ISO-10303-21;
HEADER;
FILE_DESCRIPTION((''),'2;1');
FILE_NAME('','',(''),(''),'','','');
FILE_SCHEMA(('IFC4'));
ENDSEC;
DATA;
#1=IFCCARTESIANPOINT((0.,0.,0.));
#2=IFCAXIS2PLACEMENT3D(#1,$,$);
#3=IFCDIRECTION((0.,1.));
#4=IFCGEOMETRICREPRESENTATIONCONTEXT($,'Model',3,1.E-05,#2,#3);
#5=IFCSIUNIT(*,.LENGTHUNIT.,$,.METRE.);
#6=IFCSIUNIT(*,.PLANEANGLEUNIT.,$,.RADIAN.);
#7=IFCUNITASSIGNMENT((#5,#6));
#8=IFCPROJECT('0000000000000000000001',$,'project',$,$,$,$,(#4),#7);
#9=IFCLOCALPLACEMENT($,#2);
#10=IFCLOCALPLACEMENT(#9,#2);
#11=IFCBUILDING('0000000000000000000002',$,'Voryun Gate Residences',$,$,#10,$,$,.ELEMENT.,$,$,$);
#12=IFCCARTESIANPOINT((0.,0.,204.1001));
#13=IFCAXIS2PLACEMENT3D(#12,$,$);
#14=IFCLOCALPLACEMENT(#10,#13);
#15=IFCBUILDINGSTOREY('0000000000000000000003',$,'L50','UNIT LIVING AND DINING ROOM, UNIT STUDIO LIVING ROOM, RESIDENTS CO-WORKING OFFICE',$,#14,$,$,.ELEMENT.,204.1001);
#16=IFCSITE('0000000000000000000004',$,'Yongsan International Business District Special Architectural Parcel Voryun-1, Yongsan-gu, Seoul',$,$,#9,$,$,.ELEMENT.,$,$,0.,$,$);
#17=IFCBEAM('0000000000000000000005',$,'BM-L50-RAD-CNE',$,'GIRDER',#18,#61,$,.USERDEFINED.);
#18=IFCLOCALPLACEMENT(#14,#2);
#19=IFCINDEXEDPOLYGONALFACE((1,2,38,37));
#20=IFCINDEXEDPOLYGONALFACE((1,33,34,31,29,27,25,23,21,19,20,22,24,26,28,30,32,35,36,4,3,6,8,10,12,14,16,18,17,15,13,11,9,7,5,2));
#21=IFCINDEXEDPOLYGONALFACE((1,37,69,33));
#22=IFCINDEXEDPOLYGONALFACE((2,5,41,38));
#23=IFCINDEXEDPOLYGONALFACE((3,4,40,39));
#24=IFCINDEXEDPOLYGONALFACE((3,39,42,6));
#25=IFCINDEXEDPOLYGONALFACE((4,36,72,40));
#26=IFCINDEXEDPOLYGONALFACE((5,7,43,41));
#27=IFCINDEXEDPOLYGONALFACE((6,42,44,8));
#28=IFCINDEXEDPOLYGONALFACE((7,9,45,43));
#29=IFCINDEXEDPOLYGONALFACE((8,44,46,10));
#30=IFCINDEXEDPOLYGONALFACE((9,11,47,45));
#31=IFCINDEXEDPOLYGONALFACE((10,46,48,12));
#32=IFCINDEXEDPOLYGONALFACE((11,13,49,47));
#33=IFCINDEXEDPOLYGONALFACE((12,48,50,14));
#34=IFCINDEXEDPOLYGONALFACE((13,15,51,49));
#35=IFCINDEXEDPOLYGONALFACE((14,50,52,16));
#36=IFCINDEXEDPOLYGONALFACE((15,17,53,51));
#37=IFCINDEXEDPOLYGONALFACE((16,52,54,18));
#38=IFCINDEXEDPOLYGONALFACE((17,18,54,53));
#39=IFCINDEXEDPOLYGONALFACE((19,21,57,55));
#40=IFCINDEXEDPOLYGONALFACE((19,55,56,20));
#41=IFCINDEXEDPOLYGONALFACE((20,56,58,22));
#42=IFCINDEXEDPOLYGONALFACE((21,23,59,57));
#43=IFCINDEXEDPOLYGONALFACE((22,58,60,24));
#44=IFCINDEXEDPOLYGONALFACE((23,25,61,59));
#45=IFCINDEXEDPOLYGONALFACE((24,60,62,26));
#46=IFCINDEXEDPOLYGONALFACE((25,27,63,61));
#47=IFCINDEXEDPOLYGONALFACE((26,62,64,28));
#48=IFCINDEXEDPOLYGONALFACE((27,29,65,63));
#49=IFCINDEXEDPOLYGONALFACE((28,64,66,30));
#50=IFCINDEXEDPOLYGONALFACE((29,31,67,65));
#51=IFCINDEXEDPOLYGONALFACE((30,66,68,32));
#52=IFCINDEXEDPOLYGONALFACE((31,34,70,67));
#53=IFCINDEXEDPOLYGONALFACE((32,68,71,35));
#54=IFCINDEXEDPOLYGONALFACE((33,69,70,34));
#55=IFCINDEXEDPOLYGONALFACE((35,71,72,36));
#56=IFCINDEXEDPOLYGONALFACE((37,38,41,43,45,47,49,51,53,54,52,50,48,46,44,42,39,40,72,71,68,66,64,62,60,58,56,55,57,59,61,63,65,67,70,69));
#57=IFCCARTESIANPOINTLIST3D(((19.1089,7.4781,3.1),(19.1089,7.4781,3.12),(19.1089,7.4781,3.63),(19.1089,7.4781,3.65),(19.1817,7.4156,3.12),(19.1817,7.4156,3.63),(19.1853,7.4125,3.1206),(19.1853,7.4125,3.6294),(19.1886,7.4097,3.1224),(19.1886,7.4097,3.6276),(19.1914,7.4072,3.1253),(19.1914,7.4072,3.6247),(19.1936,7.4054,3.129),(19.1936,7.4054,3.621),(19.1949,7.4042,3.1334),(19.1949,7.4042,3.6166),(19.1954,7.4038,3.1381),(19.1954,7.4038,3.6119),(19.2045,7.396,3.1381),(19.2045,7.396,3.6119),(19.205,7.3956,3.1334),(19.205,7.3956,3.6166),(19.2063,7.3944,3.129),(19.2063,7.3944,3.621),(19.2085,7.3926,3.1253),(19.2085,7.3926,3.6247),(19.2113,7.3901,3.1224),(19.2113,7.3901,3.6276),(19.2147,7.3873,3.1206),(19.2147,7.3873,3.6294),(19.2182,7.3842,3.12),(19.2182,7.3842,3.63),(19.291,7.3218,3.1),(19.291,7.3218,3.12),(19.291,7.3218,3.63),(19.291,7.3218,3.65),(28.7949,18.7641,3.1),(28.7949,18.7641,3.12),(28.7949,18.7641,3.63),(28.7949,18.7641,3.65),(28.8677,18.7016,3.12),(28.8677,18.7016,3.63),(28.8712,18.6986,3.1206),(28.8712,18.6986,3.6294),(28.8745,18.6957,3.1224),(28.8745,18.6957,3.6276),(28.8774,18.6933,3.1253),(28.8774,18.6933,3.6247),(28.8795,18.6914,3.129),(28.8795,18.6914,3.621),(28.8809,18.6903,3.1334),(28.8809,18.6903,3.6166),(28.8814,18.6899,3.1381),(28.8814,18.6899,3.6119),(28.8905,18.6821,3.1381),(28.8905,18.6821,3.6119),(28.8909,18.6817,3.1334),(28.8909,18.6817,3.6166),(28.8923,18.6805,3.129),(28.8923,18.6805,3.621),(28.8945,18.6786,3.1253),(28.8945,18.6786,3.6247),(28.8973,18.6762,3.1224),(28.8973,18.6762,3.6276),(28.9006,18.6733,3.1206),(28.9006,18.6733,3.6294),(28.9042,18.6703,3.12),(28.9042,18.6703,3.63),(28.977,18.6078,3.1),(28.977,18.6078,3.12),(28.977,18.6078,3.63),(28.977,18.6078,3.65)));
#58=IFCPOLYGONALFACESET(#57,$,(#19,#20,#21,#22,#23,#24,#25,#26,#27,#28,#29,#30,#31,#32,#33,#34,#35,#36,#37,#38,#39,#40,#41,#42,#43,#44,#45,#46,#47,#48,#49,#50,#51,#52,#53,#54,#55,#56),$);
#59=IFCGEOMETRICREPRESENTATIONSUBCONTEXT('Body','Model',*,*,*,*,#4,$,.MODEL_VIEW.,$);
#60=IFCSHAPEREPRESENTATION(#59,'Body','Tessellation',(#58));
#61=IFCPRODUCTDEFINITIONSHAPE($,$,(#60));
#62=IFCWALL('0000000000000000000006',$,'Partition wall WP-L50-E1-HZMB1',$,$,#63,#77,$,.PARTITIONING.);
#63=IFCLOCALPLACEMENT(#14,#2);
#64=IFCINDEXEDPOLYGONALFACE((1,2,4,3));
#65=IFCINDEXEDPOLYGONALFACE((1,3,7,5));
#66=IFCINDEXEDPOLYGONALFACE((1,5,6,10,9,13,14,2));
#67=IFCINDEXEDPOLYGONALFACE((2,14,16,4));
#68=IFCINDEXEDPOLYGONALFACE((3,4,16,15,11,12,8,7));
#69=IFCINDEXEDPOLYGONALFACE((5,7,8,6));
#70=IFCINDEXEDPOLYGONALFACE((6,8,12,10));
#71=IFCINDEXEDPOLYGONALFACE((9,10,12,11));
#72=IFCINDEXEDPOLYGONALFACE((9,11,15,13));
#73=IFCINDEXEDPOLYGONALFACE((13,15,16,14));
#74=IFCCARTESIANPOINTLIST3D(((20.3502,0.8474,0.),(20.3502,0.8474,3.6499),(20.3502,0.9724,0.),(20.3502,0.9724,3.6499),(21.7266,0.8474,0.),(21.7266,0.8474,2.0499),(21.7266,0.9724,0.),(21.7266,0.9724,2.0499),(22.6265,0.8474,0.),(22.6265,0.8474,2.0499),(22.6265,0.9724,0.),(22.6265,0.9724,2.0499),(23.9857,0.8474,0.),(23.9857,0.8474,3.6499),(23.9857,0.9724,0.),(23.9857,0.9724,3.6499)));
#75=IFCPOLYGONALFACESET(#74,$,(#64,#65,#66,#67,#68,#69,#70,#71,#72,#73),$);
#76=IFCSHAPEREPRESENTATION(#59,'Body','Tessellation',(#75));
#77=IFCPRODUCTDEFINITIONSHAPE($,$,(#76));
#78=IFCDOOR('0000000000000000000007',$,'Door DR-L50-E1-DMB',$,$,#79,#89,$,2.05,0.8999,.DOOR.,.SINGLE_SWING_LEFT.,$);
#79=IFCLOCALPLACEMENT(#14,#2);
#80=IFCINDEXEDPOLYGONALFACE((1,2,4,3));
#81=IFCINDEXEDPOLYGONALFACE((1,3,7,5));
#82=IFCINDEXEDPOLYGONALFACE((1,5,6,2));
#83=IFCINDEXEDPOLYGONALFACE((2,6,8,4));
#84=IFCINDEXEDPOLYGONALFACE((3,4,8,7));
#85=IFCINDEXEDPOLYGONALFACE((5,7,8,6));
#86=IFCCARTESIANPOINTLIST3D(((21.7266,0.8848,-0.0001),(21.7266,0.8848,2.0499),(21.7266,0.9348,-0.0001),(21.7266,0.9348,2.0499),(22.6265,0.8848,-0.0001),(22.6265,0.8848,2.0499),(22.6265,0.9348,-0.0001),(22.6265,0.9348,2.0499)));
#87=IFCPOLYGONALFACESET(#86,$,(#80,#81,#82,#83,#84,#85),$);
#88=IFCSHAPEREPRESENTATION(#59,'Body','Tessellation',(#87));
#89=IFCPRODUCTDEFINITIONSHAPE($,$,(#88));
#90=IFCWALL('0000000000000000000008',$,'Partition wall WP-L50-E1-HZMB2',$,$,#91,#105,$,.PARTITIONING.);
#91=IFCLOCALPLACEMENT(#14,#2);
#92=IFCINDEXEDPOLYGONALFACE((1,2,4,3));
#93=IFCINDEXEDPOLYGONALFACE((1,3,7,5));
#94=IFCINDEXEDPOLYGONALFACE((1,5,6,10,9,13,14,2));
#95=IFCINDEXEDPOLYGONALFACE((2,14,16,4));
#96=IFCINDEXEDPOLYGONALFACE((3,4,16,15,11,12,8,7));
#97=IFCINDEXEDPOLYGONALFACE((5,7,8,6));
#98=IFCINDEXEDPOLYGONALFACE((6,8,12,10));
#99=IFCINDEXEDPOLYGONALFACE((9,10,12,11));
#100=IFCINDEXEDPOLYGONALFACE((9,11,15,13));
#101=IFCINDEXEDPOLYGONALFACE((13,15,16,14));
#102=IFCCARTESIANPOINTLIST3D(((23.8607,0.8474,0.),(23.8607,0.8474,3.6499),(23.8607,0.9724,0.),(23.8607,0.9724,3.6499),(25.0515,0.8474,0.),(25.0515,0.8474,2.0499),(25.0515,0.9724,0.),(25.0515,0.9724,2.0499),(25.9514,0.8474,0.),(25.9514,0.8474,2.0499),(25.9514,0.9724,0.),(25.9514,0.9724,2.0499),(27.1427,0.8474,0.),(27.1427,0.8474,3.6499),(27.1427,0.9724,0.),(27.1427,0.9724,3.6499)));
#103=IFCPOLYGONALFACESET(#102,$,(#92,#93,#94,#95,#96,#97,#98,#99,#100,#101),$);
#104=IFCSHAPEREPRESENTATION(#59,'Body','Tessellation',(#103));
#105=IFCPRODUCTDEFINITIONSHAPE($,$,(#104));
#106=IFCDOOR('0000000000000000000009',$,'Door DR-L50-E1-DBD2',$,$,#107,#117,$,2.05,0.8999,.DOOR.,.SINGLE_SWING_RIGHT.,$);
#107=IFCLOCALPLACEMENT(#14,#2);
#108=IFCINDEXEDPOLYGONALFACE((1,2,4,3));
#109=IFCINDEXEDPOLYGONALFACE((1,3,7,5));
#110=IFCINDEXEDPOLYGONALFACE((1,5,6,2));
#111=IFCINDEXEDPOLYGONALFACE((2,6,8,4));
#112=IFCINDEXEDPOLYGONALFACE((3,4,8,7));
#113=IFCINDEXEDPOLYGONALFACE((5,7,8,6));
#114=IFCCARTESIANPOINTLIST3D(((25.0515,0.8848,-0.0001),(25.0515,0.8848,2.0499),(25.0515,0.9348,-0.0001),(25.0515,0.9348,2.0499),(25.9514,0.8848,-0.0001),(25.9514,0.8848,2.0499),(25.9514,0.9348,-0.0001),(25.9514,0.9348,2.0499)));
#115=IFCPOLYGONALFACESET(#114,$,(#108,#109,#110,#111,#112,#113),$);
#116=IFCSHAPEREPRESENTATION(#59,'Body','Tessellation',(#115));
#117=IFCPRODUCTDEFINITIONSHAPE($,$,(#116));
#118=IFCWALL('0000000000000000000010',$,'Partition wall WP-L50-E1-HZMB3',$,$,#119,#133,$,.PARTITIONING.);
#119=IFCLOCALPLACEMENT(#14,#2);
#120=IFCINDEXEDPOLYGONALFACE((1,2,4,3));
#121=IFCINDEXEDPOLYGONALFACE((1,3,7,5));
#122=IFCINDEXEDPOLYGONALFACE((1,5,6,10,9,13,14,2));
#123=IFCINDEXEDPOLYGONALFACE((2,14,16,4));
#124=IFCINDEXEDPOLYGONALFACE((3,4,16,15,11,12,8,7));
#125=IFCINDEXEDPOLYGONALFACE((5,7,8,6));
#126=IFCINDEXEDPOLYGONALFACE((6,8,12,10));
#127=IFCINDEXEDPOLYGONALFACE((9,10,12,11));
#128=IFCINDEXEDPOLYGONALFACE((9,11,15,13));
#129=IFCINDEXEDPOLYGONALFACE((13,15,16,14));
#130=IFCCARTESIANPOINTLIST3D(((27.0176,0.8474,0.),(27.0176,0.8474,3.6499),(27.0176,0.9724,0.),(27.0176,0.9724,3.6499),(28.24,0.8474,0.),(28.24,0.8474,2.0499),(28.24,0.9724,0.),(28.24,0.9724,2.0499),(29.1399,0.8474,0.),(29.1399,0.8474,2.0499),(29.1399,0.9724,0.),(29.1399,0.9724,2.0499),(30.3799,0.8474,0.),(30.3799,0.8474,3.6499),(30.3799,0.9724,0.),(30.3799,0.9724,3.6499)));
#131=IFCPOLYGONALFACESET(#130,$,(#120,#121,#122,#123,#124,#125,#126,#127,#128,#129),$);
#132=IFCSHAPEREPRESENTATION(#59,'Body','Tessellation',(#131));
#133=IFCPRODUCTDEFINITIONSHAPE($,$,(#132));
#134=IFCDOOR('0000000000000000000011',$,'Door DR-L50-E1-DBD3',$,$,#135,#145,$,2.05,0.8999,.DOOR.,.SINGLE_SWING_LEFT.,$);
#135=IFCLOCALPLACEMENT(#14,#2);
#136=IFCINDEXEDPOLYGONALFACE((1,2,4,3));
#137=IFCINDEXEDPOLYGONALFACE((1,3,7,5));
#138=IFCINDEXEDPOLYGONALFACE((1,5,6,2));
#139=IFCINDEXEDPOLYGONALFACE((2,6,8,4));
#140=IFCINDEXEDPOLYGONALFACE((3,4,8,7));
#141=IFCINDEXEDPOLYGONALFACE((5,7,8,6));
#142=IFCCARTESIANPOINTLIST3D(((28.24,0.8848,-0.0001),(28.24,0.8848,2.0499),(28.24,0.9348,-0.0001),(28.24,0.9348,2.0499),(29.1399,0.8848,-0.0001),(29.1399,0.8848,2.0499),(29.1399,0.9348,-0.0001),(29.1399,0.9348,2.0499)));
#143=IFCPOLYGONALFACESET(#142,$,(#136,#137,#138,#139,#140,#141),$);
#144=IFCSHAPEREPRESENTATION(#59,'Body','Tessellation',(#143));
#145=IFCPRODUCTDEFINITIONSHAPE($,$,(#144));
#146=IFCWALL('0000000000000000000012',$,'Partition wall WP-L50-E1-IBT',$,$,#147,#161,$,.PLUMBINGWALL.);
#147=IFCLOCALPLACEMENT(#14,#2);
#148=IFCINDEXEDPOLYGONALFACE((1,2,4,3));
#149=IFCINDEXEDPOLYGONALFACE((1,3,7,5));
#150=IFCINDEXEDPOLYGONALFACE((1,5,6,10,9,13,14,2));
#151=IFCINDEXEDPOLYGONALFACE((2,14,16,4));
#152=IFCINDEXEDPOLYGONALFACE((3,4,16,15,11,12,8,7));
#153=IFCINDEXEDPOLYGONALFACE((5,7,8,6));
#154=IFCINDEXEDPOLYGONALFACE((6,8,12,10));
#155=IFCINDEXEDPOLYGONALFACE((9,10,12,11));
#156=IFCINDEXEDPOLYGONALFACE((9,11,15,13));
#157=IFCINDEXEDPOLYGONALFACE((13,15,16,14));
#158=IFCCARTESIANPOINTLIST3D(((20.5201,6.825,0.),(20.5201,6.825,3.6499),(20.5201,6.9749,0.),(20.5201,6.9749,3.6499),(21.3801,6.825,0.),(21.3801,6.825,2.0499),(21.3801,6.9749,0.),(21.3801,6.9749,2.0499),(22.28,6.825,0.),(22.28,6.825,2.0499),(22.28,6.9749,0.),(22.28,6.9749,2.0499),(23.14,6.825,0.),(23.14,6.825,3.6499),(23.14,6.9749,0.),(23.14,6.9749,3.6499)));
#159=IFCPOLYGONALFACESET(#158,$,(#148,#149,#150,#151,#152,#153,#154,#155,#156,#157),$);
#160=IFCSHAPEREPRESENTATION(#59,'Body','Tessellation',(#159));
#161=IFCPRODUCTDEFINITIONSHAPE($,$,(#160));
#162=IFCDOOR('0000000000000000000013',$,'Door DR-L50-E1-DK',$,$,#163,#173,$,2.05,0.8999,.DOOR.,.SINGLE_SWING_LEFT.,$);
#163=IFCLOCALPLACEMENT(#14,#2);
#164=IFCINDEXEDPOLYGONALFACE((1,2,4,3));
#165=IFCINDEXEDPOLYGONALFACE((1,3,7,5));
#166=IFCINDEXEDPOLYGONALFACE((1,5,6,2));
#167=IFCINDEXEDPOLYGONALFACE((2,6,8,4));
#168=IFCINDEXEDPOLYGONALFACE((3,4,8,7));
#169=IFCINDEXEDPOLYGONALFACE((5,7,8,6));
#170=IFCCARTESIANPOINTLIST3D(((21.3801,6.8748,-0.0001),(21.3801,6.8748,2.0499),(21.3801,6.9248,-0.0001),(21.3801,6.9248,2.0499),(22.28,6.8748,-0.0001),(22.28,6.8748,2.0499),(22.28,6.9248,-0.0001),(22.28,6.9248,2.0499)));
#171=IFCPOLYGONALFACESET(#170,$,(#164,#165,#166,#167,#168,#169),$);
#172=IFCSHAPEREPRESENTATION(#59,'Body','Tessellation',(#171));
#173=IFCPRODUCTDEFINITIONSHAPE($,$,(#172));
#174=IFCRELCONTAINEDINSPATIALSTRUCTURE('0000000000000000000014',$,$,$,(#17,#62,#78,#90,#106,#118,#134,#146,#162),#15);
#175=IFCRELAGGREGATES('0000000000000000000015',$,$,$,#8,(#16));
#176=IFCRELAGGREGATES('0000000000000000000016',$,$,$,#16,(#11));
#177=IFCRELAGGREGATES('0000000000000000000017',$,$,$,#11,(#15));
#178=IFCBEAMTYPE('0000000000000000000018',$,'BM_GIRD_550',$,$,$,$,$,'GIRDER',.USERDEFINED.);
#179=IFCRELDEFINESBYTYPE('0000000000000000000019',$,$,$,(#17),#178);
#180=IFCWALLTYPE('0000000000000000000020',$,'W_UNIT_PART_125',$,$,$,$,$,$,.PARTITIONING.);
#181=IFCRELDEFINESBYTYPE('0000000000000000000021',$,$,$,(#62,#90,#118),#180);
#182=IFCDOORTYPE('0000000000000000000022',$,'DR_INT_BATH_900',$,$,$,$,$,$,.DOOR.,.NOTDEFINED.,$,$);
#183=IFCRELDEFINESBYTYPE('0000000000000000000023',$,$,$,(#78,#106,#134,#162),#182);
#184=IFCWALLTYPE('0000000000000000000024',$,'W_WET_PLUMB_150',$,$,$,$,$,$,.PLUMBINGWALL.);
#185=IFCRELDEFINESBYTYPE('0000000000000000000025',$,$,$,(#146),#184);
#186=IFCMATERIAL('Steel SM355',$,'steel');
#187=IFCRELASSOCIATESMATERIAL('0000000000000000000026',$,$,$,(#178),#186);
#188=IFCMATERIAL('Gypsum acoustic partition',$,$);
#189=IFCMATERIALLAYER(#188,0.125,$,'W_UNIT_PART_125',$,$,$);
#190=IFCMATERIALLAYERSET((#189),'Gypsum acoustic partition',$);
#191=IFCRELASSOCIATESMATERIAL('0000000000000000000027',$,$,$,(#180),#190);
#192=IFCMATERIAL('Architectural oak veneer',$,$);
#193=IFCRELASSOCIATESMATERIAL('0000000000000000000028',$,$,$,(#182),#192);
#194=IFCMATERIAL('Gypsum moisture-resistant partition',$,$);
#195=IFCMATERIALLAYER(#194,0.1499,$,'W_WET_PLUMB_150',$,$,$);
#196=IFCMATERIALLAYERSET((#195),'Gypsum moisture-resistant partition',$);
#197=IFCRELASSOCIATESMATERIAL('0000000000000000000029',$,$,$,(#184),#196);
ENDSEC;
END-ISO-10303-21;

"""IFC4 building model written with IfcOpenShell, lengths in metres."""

from ifc_helpers import new_model, si_unit, direction, frame, frame_2d, origin, origin_2d, place, context, subcontext, project, spatial, rectangle, i_section, extrude, material, layer, layer_set, material_profile, profile_set, type_object, element, fill, save


model = new_model("IFC4")

# Units and contexts
model_context = context("Model", 3, precision=1e-05, world=origin(), true_north=direction((0.0, 1.0)))
body_context = subcontext(model_context, "Body", "Model", "MODEL_VIEW")
ifc_project = project(units=[si_unit("LENGTHUNIT", "METRE"), si_unit("PLANEANGLEUNIT", "RADIAN")], contexts=[model_context])

# Site, building, storey
site_placement = place(None, origin())
site = spatial("IfcSite", under=ifc_project, at=site_placement, Name="Yongsan International Business District Special Architectural Parcel Voryun-1, Yongsan-gu, Seoul", CompositionType="ELEMENT", RefElevation=0.0)
building_placement = place(site_placement, origin())
building = spatial("IfcBuilding", under=site, at=building_placement, Name="Voryun Gate Residences", CompositionType="ELEMENT")
storey_placement = place(building_placement, frame((0.0, 0.0, 204.1001)))
storey = spatial("IfcBuildingStorey", under=building, at=storey_placement, Name="L50", Description="UNIT LIVING AND DINING ROOM, UNIT STUDIO LIVING ROOM, RESIDENTS CO-WORKING OFFICE", CompositionType="ELEMENT", Elevation=204.1001)

# Beam
ifc_material_1 = material(Name="Steel SM355", Category="steel")
ifc_material_profile_1 = material_profile(ifc_material_1, i_section(OverallWidth=0.24, OverallDepth=0.55, WebThickness=0.012, FlangeThickness=0.02, FilletRadius=0.0181, at=origin_2d()), Name="H-550x240x12x20")
ifc_profile_set_1 = profile_set([ifc_material_profile_1], Name="Steel SM355")
beam_type_1 = type_object("IfcBeamType", Name="BM_GIRD_550", ElementType="GIRDER", PredefinedType="USERDEFINED", material=ifc_profile_set_1)
beam_1_placement = place(storey_placement, frame((19.2, 7.3999, 3.375), z_axis=(0.651264, 0.758851, 0.0), x_axis=(-0.758851, 0.651264, 0.0)))
element("IfcBeam", 1, at=beam_1_placement, inside=storey, type_object=beam_type_1, Name="BM-L50-RAD-CNE", ObjectType="GIRDER", PredefinedType="USERDEFINED", context=body_context, shape_type="SweptSolid", body=[
    extrude(i_section(OverallWidth=0.24, OverallDepth=0.55, WebThickness=0.012, FlangeThickness=0.02, FilletRadius=0.0181, at=origin_2d()), origin(), (0.0, 0.0, 1.0), 14.8726),
])

# Walls, openings, doors
ifc_material_2 = material(Name="Gypsum acoustic partition")
ifc_layer_1 = layer(ifc_material_2, 0.125, Name="W_UNIT_PART_125")
ifc_layer_set_1 = layer_set([ifc_layer_1], Name="Gypsum acoustic partition")
wall_type_1 = type_object("IfcWallType", Name="W_UNIT_PART_125", PredefinedType="PARTITIONING", material=ifc_layer_set_1)
wall_1_placement = place(storey_placement, frame((20.3501, 0.9099, 0.0), z_axis=(0.0, 0.0, 1.0), x_axis=(1.0, 0.0, 0.0)))
wall_1 = element("IfcWall", 2, at=wall_1_placement, inside=storey, type_object=wall_type_1, Name="Partition wall WP-L50-E1-HZMB1", PredefinedType="PARTITIONING", context=body_context, shape_type="SweptSolid", body=[
    extrude(rectangle(XDim=3.6355, YDim=0.125, at=frame_2d((1.8179, 0.0))), origin(), (0.0, 0.0, 1.0), 3.6499),
])
opening_1_placement = place(wall_1_placement, frame((1.3765, 0.0, 0.0)))
opening_1 = element("IfcOpeningElement", 3, at=opening_1_placement, cuts=wall_1, PredefinedType="OPENING", context=body_context, shape_type="SweptSolid", body=[
    extrude(rectangle(XDim=0.8999, YDim=2.05, at=frame_2d((0.45, 1.0249))), frame((0.0, 0.0725, 0.0), z_axis=(0.0, -1.0, 0.0), x_axis=(1.0, 0.0, 0.0)), (0.0, 0.0, 1.0), 0.145),
])
ifc_material_3 = material(Name="Architectural oak veneer")
door_type = type_object("IfcDoorType", Name="DR_INT_BATH_900", OperationType="NOTDEFINED", PredefinedType="DOOR", material=ifc_material_3)
door_1_placement = place(opening_1_placement, origin())
door_1 = element("IfcDoor", 4, at=door_1_placement, inside=storey, type_object=door_type, Name="Door DR-L50-E1-DMB", OperationType="SINGLE_SWING_LEFT", OverallHeight=2.05, OverallWidth=0.8999, PredefinedType="DOOR", context=body_context, shape_type="SweptSolid", body=[
    extrude(rectangle(XDim=0.8999, YDim=2.05, at=frame_2d((0.45, 1.0249))), frame((0.0, 0.0249, 0.0), z_axis=(0.0, -1.0, 0.0), x_axis=(1.0, 0.0, 0.0)), (0.0, 0.0, 1.0), 0.05),
])
fill(opening_1, door_1)
wall_2_placement = place(storey_placement, frame((23.8606, 0.9099, 0.0), z_axis=(0.0, 0.0, 1.0), x_axis=(1.0, 0.0, 0.0)))
wall_2 = element("IfcWall", 5, at=wall_2_placement, inside=storey, type_object=wall_type_1, Name="Partition wall WP-L50-E1-HZMB2", PredefinedType="PARTITIONING", context=body_context, shape_type="SweptSolid", body=[
    extrude(rectangle(XDim=3.282, YDim=0.125, at=frame_2d((1.6411, 0.0))), origin(), (0.0, 0.0, 1.0), 3.6499),
])
opening_2_placement = place(wall_2_placement, frame((1.1909, 0.0, 0.0)))
opening_2 = element("IfcOpeningElement", 6, at=opening_2_placement, cuts=wall_2, PredefinedType="OPENING", context=body_context, shape_type="SweptSolid", body=[
    extrude(rectangle(XDim=0.8999, YDim=2.05, at=frame_2d((0.45, 1.0249))), frame((0.0, 0.0725, 0.0), z_axis=(0.0, -1.0, 0.0), x_axis=(1.0, 0.0, 0.0)), (0.0, 0.0, 1.0), 0.145),
])
door_2_placement = place(opening_2_placement, origin())
door_2 = element("IfcDoor", 7, at=door_2_placement, inside=storey, type_object=door_type, Name="Door DR-L50-E1-DBD2", OperationType="SINGLE_SWING_RIGHT", OverallHeight=2.05, OverallWidth=0.8999, PredefinedType="DOOR", context=body_context, shape_type="SweptSolid", body=[
    extrude(rectangle(XDim=0.8999, YDim=2.05, at=frame_2d((0.45, 1.0249))), frame((0.0, 0.0249, 0.0), z_axis=(0.0, -1.0, 0.0), x_axis=(1.0, 0.0, 0.0)), (0.0, 0.0, 1.0), 0.05),
])
fill(opening_2, door_2)
wall_3_placement = place(storey_placement, frame((27.0176, 0.9099, 0.0), z_axis=(0.0, 0.0, 1.0), x_axis=(1.0, 0.0, 0.0)))
wall_3 = element("IfcWall", 8, at=wall_3_placement, inside=storey, type_object=wall_type_1, Name="Partition wall WP-L50-E1-HZMB3", PredefinedType="PARTITIONING", context=body_context, shape_type="SweptSolid", body=[
    extrude(rectangle(XDim=3.3623, YDim=0.125, at=frame_2d((1.6812, 0.0))), origin(), (0.0, 0.0, 1.0), 3.6499),
])
opening_3_placement = place(wall_3_placement, frame((1.2224, 0.0, 0.0)))
opening_3 = element("IfcOpeningElement", 9, at=opening_3_placement, cuts=wall_3, PredefinedType="OPENING", context=body_context, shape_type="SweptSolid", body=[
    extrude(rectangle(XDim=0.8999, YDim=2.05, at=frame_2d((0.45, 1.0249))), frame((0.0, 0.0725, 0.0), z_axis=(0.0, -1.0, 0.0), x_axis=(1.0, 0.0, 0.0)), (0.0, 0.0, 1.0), 0.145),
])
door_3_placement = place(opening_3_placement, origin())
door_3 = element("IfcDoor", 10, at=door_3_placement, inside=storey, type_object=door_type, Name="Door DR-L50-E1-DBD3", OperationType="SINGLE_SWING_LEFT", OverallHeight=2.05, OverallWidth=0.8999, PredefinedType="DOOR", context=body_context, shape_type="SweptSolid", body=[
    extrude(rectangle(XDim=0.8999, YDim=2.05, at=frame_2d((0.45, 1.0249))), frame((0.0, 0.0249, 0.0), z_axis=(0.0, -1.0, 0.0), x_axis=(1.0, 0.0, 0.0)), (0.0, 0.0, 1.0), 0.05),
])
fill(opening_3, door_3)
ifc_material_4 = material(Name="Gypsum moisture-resistant partition")
ifc_layer_2 = layer(ifc_material_4, 0.1499, Name="W_WET_PLUMB_150")
ifc_layer_set_2 = layer_set([ifc_layer_2], Name="Gypsum moisture-resistant partition")
wall_type_2 = type_object("IfcWallType", Name="W_WET_PLUMB_150", PredefinedType="PLUMBINGWALL", material=ifc_layer_set_2)
wall_4_placement = place(storey_placement, frame((20.52, 6.8999, 0.0), z_axis=(0.0, 0.0, 1.0), x_axis=(1.0, 0.0, 0.0)))
wall_4 = element("IfcWall", 11, at=wall_4_placement, inside=storey, type_object=wall_type_2, Name="Partition wall WP-L50-E1-IBT", PredefinedType="PLUMBINGWALL", context=body_context, shape_type="SweptSolid", body=[
    extrude(rectangle(XDim=2.6199, YDim=0.1499, at=frame_2d((1.3101, 0.0))), origin(), (0.0, 0.0, 1.0), 3.6499),
])
opening_4_placement = place(wall_4_placement, frame((0.8601, 0.0, 0.0)))
opening_4 = element("IfcOpeningElement", 12, at=opening_4_placement, cuts=wall_4, PredefinedType="OPENING", context=body_context, shape_type="SweptSolid", body=[
    extrude(rectangle(XDim=0.8999, YDim=2.05, at=frame_2d((0.45, 1.0249))), frame((0.0, 0.085, 0.0), z_axis=(0.0, -1.0, 0.0), x_axis=(1.0, 0.0, 0.0)), (0.0, 0.0, 1.0), 0.1699),
])
door_4_placement = place(opening_4_placement, origin())
door_4 = element("IfcDoor", 13, at=door_4_placement, inside=storey, type_object=door_type, Name="Door DR-L50-E1-DK", OperationType="SINGLE_SWING_LEFT", OverallHeight=2.05, OverallWidth=0.8999, PredefinedType="DOOR", context=body_context, shape_type="SweptSolid", body=[
    extrude(rectangle(XDim=0.8999, YDim=2.05, at=frame_2d((0.45, 1.0249))), frame((0.0, 0.0249, 0.0), z_axis=(0.0, -1.0, 0.0), x_axis=(1.0, 0.0, 0.0)), (0.0, 0.0, 1.0), 0.05),
])
fill(opening_4, door_4)

save(model, "model.ifc")
